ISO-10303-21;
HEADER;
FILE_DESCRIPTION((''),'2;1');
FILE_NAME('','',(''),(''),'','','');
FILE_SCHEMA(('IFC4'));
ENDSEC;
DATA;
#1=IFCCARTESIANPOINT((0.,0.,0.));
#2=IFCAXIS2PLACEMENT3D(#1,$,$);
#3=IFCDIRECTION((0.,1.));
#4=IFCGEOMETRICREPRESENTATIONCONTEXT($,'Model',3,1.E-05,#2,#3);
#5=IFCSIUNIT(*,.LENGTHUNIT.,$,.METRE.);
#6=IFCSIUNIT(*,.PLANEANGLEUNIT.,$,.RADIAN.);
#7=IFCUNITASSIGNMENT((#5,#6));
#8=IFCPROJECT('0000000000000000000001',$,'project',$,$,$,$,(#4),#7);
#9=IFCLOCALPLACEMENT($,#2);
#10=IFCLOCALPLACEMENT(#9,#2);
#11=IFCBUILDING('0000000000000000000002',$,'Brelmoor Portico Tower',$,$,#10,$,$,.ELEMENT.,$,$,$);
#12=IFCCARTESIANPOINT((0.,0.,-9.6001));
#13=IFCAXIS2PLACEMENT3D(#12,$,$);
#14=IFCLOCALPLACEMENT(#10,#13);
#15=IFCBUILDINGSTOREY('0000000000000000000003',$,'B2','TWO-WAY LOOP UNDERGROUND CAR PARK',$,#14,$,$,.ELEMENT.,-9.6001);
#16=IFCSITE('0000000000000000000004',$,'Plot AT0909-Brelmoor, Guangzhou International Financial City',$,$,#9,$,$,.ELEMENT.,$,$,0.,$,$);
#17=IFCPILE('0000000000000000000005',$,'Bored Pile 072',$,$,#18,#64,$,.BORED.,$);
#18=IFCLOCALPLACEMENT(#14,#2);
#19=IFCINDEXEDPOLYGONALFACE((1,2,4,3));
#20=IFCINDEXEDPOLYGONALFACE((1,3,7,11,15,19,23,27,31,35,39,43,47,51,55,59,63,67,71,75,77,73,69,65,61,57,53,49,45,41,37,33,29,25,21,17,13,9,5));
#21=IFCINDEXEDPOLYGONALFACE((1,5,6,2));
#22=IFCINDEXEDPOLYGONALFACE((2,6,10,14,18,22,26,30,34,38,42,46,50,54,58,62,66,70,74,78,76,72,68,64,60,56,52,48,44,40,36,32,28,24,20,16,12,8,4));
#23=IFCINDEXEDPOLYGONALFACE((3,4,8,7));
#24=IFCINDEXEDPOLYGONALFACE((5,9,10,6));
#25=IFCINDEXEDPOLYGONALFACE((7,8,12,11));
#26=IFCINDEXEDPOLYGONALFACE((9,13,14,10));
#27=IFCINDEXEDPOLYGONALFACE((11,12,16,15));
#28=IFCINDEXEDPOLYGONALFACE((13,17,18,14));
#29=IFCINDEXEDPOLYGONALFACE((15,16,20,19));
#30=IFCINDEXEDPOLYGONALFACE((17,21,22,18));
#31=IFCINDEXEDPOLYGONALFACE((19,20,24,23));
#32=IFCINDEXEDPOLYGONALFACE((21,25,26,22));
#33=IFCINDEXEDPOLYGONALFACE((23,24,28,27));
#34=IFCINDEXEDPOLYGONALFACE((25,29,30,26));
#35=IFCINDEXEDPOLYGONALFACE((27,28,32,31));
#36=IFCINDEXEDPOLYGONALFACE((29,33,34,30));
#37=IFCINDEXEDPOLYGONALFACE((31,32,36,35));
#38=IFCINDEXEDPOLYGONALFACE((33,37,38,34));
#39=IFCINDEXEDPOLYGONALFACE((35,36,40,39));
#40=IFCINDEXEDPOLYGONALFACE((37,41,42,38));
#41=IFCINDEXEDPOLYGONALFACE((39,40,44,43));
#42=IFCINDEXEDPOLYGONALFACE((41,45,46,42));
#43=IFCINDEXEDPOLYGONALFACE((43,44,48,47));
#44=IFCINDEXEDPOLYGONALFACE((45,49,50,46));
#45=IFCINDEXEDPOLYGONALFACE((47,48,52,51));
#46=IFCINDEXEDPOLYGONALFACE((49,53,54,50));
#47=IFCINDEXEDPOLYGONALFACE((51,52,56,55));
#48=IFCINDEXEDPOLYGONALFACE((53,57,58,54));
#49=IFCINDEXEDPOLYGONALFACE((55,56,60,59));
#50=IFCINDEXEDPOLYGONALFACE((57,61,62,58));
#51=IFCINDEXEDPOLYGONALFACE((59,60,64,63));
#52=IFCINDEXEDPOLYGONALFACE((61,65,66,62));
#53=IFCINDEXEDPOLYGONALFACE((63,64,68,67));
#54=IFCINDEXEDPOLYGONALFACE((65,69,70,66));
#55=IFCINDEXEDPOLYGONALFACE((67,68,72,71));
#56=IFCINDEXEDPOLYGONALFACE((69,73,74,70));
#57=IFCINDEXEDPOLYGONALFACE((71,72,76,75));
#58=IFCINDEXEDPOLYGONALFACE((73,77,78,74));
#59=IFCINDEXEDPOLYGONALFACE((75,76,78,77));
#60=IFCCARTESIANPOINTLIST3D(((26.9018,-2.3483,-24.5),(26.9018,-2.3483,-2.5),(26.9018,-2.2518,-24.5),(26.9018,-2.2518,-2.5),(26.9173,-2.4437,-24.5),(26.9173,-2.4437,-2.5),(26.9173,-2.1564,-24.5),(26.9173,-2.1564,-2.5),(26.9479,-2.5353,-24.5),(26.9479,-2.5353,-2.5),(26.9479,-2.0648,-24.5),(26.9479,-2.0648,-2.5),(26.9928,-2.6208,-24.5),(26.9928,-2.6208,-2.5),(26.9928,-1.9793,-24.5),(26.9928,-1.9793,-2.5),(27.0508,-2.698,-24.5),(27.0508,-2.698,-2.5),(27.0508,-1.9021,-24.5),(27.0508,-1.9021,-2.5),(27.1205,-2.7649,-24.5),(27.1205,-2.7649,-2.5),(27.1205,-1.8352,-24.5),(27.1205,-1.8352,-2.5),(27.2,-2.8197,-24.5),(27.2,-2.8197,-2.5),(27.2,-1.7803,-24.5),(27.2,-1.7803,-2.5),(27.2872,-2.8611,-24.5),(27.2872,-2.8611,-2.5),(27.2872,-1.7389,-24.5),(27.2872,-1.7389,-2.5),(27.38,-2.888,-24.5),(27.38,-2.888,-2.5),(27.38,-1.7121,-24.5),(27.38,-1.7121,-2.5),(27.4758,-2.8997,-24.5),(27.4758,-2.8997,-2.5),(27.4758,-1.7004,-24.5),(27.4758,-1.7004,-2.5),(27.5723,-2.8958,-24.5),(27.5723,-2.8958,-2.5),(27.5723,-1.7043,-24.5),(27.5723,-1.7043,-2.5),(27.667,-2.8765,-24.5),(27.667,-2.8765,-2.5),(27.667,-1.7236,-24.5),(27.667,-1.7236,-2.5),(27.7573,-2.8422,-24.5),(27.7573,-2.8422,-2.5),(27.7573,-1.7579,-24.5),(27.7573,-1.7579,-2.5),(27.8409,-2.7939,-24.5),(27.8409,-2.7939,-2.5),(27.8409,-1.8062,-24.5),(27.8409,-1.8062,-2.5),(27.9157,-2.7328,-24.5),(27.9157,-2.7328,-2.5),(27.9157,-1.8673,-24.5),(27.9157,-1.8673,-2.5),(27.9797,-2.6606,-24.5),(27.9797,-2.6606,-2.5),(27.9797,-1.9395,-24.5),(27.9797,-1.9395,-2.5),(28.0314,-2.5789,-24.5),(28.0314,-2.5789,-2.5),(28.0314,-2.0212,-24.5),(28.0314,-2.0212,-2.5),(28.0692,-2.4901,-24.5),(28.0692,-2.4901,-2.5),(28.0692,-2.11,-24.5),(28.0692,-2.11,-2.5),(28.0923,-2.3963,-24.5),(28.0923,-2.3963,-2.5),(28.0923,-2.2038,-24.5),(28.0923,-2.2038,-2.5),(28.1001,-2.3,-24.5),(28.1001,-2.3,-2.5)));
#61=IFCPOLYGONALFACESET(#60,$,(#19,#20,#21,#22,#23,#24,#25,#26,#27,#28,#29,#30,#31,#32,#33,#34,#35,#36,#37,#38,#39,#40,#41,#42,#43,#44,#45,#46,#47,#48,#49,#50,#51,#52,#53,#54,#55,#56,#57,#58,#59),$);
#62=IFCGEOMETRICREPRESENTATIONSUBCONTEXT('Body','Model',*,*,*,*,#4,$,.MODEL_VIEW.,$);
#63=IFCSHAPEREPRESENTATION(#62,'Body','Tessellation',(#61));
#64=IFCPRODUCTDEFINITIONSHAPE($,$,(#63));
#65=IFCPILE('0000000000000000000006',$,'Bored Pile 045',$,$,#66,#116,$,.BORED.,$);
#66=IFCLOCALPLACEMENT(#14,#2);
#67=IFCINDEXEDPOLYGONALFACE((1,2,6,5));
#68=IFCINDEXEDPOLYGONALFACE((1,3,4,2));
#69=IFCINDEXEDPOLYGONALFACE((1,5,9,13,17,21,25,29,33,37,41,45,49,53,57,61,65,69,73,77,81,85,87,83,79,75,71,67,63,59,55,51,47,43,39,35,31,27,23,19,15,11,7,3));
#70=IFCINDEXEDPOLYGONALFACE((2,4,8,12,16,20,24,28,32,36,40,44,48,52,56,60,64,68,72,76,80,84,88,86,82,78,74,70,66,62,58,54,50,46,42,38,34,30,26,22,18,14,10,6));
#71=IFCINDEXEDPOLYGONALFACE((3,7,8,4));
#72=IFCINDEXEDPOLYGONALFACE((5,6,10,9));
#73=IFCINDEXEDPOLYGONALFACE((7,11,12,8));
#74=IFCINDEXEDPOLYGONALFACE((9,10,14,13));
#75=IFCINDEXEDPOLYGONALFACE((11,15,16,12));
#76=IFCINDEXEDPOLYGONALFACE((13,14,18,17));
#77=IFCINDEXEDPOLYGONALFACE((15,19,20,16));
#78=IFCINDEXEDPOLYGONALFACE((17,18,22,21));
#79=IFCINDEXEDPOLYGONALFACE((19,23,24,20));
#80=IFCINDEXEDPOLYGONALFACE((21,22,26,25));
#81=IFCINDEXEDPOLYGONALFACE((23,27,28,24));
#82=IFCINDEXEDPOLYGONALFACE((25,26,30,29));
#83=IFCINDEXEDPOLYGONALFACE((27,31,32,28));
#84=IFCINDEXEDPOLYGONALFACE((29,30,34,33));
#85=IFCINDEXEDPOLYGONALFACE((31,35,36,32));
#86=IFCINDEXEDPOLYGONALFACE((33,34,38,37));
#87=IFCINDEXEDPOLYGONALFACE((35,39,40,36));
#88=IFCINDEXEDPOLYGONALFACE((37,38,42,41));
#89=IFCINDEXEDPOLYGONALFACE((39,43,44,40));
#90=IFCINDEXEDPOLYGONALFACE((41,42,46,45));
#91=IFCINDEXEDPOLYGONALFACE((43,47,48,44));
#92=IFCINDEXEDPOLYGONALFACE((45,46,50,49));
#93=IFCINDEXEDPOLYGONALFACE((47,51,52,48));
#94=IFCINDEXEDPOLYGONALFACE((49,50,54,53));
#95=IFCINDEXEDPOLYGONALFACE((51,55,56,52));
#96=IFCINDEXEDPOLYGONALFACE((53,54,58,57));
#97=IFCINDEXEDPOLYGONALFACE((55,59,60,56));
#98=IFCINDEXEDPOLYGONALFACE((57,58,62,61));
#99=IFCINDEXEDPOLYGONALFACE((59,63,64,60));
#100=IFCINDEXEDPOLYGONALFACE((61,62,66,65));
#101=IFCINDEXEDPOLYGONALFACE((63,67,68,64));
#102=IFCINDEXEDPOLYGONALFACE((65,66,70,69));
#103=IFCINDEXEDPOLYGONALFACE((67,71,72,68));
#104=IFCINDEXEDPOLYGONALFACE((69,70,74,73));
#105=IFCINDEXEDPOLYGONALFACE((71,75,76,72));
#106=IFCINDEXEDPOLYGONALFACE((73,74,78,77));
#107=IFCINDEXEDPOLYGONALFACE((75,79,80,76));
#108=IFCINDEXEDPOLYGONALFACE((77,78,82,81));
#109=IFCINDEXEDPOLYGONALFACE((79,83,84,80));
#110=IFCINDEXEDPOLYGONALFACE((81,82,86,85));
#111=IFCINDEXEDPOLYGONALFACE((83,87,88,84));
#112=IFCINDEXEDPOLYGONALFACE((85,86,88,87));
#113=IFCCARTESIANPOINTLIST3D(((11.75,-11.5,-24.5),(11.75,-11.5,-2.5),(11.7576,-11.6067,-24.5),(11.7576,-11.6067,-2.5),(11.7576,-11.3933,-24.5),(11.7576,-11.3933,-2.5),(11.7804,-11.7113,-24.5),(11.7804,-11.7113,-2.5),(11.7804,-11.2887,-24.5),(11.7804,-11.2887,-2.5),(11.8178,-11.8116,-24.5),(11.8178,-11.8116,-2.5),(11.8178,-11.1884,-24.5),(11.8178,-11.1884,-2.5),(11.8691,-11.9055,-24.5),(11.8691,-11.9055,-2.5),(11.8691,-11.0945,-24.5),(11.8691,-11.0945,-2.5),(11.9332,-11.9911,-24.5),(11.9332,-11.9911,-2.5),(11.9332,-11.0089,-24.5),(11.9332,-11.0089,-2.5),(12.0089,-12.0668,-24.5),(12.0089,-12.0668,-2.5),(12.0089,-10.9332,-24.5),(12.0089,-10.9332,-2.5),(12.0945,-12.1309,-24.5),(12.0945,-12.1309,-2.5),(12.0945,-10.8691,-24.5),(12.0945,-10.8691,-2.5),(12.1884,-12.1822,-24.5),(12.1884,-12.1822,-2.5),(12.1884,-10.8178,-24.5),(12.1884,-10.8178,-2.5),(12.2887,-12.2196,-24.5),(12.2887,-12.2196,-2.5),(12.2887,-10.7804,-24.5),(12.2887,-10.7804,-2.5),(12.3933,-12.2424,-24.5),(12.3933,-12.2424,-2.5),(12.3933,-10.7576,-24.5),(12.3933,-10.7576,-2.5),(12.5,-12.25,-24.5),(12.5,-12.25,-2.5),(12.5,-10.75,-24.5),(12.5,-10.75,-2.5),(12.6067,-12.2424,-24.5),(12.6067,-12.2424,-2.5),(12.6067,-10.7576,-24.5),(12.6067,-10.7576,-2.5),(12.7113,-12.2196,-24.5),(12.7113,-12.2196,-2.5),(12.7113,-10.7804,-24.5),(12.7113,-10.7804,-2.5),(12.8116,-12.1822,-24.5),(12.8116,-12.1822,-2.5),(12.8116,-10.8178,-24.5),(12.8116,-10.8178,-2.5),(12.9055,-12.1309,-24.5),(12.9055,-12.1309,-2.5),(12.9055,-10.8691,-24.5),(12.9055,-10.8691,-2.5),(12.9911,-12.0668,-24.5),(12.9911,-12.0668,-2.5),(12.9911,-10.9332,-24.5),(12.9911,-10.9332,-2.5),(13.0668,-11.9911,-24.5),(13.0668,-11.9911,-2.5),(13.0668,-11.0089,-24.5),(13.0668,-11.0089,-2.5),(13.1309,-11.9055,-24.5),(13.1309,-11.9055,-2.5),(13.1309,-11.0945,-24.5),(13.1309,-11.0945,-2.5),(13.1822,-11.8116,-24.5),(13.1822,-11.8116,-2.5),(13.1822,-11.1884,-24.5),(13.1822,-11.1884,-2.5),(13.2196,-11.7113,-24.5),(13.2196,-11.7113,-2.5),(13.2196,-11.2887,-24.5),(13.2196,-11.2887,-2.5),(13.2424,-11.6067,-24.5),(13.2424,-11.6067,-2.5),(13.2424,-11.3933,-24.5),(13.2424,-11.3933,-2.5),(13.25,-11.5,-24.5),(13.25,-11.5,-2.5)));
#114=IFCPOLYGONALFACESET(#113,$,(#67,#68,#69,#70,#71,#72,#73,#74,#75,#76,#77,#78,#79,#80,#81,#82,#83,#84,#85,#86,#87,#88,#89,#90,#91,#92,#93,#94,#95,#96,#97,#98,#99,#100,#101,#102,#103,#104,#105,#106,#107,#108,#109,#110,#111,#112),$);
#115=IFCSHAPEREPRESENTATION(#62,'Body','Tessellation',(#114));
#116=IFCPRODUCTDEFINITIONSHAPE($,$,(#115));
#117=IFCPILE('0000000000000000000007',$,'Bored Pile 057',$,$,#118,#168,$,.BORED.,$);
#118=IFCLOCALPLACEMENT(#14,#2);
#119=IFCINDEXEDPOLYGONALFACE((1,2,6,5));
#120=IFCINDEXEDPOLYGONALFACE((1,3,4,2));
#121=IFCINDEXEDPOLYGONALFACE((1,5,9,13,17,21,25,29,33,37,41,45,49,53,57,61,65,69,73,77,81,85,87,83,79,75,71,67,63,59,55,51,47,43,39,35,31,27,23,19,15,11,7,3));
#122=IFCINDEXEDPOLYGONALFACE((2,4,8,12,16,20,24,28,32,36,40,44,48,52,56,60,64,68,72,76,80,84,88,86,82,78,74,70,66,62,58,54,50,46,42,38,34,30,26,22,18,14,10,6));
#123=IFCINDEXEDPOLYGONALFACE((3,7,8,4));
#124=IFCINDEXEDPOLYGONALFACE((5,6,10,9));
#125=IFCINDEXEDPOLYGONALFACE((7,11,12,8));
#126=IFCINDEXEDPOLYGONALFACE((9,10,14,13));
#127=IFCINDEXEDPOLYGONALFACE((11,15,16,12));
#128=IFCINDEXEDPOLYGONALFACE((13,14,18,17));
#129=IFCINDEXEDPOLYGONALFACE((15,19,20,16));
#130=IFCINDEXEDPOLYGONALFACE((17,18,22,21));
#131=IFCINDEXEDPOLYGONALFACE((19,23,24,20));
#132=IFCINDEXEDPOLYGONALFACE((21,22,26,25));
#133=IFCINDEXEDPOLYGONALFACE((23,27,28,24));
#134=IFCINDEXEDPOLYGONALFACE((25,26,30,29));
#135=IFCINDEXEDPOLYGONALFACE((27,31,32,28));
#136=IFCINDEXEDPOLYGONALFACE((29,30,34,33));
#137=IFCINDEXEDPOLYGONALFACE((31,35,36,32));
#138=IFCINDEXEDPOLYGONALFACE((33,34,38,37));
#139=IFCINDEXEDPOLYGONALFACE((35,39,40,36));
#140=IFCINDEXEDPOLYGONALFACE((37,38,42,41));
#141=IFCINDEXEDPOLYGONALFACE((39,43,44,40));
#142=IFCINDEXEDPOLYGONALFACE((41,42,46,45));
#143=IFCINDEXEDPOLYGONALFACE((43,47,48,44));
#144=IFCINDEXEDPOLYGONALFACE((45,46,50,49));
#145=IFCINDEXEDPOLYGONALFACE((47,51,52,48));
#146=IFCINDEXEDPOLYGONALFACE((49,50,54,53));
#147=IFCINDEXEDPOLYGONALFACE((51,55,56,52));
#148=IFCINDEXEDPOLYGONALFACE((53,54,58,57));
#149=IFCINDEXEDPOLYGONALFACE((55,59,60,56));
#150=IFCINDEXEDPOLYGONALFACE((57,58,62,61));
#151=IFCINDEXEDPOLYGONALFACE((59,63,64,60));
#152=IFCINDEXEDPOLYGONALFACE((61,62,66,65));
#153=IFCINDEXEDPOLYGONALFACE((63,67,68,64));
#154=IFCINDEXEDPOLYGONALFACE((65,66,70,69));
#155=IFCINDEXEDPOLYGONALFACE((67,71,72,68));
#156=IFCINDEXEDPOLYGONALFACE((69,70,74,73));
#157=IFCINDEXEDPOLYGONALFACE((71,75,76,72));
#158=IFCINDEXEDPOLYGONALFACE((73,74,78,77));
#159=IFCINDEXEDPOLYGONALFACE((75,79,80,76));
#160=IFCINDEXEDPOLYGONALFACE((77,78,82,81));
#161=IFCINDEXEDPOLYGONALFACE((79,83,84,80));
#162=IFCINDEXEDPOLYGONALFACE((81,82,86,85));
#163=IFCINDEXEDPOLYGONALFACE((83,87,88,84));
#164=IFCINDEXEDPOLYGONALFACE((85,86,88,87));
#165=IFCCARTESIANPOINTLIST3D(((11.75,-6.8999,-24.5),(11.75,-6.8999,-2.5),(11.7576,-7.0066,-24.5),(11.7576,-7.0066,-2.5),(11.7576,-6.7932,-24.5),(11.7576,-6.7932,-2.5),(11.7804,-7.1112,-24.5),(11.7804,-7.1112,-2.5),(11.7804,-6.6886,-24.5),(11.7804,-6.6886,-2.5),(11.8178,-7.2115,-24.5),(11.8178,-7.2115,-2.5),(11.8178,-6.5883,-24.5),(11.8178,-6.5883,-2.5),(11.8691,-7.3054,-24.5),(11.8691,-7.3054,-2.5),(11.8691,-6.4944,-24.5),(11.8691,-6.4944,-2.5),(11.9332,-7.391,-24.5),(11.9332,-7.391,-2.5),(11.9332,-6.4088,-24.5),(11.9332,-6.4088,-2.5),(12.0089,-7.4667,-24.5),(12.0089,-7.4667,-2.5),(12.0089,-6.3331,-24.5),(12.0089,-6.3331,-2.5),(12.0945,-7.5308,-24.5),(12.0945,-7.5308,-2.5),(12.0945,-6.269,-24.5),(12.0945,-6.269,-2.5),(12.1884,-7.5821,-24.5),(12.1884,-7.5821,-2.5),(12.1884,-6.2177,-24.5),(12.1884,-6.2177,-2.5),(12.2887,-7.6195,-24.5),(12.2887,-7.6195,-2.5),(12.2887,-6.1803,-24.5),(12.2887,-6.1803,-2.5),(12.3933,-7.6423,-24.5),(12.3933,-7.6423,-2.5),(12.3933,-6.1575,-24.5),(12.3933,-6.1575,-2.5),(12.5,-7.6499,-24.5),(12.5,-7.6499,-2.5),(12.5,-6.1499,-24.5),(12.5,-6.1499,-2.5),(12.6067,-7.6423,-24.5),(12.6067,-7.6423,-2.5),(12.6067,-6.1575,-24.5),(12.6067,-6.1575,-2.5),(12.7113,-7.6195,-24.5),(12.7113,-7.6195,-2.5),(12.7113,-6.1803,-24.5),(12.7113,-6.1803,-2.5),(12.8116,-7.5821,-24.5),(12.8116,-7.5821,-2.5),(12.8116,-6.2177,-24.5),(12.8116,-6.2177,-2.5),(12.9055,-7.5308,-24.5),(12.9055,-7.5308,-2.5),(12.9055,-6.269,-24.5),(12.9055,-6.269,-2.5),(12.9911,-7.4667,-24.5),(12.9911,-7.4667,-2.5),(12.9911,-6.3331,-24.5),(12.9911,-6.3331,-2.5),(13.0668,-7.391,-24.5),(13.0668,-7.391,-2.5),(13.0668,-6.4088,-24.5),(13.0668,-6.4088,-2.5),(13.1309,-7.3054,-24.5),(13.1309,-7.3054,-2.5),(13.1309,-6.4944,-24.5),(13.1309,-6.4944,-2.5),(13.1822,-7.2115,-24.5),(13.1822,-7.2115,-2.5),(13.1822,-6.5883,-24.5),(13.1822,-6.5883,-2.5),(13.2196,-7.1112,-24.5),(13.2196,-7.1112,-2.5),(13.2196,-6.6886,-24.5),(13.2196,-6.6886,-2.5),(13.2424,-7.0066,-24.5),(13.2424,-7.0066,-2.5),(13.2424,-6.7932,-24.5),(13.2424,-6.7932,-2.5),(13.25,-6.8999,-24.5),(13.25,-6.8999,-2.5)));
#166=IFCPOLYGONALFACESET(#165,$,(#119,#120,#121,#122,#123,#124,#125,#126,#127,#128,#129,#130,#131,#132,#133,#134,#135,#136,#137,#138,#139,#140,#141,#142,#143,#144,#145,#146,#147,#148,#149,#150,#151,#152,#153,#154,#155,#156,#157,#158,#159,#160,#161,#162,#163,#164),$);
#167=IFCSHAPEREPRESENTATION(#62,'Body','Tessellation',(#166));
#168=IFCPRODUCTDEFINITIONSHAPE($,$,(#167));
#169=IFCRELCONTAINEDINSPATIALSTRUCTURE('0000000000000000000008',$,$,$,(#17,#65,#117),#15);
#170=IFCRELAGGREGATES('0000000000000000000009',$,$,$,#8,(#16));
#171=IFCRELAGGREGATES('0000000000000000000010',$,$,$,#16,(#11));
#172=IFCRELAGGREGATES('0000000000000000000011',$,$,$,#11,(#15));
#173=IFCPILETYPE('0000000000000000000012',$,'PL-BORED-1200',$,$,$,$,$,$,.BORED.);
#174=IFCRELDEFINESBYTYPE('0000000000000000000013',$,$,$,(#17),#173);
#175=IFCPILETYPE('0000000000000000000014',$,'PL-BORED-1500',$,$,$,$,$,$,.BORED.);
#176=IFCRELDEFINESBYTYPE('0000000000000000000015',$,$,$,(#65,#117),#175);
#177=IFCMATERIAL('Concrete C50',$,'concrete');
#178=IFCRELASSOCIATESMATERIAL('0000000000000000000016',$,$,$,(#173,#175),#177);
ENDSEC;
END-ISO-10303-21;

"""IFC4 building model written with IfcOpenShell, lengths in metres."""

from ifc_helpers import new_model, si_unit, direction, frame, origin, origin_2d, place, context, subcontext, project, spatial, circle, extrude, material, material_profile, profile_set, type_object, element, save


model = new_model("IFC4")

# Units and contexts
model_context = context("Model", 3, precision=1e-05, world=origin(), true_north=direction((0.0, 1.0)))
body_context = subcontext(model_context, "Body", "Model", "MODEL_VIEW")
ifc_project = project(units=[si_unit("LENGTHUNIT", "METRE"), si_unit("PLANEANGLEUNIT", "RADIAN")], contexts=[model_context])

# Site, building, storey
site_placement = place(None, origin())
site = spatial("IfcSite", under=ifc_project, at=site_placement, Name="Plot AT0909-Brelmoor, Guangzhou International Financial City", CompositionType="ELEMENT", RefElevation=0.0)
building_placement = place(site_placement, origin())
building = spatial("IfcBuilding", under=site, at=building_placement, Name="Brelmoor Portico Tower", CompositionType="ELEMENT")
storey_placement = place(building_placement, frame((0.0, 0.0, -9.6001)))
storey = spatial("IfcBuildingStorey", under=building, at=storey_placement, Name="B2", Description="TWO-WAY LOOP UNDERGROUND CAR PARK", CompositionType="ELEMENT", Elevation=-9.6001)

# Shared definitions
ifc_material_1 = material(Name="Concrete C50", Category="concrete")

# Piles
ifc_material_profile_1 = material_profile(ifc_material_1, circle(Radius=0.6001, at=origin_2d()), Name="BORED PILE D1200")
ifc_profile_set_1 = profile_set([ifc_material_profile_1], Name="Concrete C50")
pile_type_1 = type_object("IfcPileType", Name="PL-BORED-1200", PredefinedType="BORED", material=ifc_profile_set_1)
for number, where, z_axis, x_axis, name in (
    (1, (27.5, -2.3, -2.5), (0.0, 0.0, -1.0), (1.0, 0.0, 0.0), "Bored Pile 072"),
):
    element("IfcPile", number, at=place(storey_placement, frame(where, z_axis=z_axis, x_axis=x_axis)), inside=storey, type_object=pile_type_1, Name=name, PredefinedType="BORED", context=body_context, shape_type="SweptSolid", body=[
        extrude(circle(Radius=0.6001, at=origin_2d()), origin(), (0.0, 0.0, 1.0), 22.0),
    ])
ifc_material_profile_2 = material_profile(ifc_material_1, circle(Radius=0.75, at=origin_2d()), Name="BORED PILE D1500")
ifc_profile_set_2 = profile_set([ifc_material_profile_2], Name="Concrete C50")
pile_type_2 = type_object("IfcPileType", Name="PL-BORED-1500", PredefinedType="BORED", material=ifc_profile_set_2)
for number, where, z_axis, x_axis, name in (
    (2, (12.5, -11.5, -2.5), (0.0, 0.0, -1.0), (1.0, 0.0, 0.0), "Bored Pile 045"),
    (3, (12.5, -6.8999, -2.5), (0.0, 0.0, -1.0), (1.0, 0.0, 0.0), "Bored Pile 057"),
):
    element("IfcPile", number, at=place(storey_placement, frame(where, z_axis=z_axis, x_axis=x_axis)), inside=storey, type_object=pile_type_2, Name=name, PredefinedType="BORED", context=body_context, shape_type="SweptSolid", body=[
        extrude(circle(Radius=0.75, at=origin_2d()), origin(), (0.0, 0.0, 1.0), 22.0),
    ])

save(model, "model.ifc")
